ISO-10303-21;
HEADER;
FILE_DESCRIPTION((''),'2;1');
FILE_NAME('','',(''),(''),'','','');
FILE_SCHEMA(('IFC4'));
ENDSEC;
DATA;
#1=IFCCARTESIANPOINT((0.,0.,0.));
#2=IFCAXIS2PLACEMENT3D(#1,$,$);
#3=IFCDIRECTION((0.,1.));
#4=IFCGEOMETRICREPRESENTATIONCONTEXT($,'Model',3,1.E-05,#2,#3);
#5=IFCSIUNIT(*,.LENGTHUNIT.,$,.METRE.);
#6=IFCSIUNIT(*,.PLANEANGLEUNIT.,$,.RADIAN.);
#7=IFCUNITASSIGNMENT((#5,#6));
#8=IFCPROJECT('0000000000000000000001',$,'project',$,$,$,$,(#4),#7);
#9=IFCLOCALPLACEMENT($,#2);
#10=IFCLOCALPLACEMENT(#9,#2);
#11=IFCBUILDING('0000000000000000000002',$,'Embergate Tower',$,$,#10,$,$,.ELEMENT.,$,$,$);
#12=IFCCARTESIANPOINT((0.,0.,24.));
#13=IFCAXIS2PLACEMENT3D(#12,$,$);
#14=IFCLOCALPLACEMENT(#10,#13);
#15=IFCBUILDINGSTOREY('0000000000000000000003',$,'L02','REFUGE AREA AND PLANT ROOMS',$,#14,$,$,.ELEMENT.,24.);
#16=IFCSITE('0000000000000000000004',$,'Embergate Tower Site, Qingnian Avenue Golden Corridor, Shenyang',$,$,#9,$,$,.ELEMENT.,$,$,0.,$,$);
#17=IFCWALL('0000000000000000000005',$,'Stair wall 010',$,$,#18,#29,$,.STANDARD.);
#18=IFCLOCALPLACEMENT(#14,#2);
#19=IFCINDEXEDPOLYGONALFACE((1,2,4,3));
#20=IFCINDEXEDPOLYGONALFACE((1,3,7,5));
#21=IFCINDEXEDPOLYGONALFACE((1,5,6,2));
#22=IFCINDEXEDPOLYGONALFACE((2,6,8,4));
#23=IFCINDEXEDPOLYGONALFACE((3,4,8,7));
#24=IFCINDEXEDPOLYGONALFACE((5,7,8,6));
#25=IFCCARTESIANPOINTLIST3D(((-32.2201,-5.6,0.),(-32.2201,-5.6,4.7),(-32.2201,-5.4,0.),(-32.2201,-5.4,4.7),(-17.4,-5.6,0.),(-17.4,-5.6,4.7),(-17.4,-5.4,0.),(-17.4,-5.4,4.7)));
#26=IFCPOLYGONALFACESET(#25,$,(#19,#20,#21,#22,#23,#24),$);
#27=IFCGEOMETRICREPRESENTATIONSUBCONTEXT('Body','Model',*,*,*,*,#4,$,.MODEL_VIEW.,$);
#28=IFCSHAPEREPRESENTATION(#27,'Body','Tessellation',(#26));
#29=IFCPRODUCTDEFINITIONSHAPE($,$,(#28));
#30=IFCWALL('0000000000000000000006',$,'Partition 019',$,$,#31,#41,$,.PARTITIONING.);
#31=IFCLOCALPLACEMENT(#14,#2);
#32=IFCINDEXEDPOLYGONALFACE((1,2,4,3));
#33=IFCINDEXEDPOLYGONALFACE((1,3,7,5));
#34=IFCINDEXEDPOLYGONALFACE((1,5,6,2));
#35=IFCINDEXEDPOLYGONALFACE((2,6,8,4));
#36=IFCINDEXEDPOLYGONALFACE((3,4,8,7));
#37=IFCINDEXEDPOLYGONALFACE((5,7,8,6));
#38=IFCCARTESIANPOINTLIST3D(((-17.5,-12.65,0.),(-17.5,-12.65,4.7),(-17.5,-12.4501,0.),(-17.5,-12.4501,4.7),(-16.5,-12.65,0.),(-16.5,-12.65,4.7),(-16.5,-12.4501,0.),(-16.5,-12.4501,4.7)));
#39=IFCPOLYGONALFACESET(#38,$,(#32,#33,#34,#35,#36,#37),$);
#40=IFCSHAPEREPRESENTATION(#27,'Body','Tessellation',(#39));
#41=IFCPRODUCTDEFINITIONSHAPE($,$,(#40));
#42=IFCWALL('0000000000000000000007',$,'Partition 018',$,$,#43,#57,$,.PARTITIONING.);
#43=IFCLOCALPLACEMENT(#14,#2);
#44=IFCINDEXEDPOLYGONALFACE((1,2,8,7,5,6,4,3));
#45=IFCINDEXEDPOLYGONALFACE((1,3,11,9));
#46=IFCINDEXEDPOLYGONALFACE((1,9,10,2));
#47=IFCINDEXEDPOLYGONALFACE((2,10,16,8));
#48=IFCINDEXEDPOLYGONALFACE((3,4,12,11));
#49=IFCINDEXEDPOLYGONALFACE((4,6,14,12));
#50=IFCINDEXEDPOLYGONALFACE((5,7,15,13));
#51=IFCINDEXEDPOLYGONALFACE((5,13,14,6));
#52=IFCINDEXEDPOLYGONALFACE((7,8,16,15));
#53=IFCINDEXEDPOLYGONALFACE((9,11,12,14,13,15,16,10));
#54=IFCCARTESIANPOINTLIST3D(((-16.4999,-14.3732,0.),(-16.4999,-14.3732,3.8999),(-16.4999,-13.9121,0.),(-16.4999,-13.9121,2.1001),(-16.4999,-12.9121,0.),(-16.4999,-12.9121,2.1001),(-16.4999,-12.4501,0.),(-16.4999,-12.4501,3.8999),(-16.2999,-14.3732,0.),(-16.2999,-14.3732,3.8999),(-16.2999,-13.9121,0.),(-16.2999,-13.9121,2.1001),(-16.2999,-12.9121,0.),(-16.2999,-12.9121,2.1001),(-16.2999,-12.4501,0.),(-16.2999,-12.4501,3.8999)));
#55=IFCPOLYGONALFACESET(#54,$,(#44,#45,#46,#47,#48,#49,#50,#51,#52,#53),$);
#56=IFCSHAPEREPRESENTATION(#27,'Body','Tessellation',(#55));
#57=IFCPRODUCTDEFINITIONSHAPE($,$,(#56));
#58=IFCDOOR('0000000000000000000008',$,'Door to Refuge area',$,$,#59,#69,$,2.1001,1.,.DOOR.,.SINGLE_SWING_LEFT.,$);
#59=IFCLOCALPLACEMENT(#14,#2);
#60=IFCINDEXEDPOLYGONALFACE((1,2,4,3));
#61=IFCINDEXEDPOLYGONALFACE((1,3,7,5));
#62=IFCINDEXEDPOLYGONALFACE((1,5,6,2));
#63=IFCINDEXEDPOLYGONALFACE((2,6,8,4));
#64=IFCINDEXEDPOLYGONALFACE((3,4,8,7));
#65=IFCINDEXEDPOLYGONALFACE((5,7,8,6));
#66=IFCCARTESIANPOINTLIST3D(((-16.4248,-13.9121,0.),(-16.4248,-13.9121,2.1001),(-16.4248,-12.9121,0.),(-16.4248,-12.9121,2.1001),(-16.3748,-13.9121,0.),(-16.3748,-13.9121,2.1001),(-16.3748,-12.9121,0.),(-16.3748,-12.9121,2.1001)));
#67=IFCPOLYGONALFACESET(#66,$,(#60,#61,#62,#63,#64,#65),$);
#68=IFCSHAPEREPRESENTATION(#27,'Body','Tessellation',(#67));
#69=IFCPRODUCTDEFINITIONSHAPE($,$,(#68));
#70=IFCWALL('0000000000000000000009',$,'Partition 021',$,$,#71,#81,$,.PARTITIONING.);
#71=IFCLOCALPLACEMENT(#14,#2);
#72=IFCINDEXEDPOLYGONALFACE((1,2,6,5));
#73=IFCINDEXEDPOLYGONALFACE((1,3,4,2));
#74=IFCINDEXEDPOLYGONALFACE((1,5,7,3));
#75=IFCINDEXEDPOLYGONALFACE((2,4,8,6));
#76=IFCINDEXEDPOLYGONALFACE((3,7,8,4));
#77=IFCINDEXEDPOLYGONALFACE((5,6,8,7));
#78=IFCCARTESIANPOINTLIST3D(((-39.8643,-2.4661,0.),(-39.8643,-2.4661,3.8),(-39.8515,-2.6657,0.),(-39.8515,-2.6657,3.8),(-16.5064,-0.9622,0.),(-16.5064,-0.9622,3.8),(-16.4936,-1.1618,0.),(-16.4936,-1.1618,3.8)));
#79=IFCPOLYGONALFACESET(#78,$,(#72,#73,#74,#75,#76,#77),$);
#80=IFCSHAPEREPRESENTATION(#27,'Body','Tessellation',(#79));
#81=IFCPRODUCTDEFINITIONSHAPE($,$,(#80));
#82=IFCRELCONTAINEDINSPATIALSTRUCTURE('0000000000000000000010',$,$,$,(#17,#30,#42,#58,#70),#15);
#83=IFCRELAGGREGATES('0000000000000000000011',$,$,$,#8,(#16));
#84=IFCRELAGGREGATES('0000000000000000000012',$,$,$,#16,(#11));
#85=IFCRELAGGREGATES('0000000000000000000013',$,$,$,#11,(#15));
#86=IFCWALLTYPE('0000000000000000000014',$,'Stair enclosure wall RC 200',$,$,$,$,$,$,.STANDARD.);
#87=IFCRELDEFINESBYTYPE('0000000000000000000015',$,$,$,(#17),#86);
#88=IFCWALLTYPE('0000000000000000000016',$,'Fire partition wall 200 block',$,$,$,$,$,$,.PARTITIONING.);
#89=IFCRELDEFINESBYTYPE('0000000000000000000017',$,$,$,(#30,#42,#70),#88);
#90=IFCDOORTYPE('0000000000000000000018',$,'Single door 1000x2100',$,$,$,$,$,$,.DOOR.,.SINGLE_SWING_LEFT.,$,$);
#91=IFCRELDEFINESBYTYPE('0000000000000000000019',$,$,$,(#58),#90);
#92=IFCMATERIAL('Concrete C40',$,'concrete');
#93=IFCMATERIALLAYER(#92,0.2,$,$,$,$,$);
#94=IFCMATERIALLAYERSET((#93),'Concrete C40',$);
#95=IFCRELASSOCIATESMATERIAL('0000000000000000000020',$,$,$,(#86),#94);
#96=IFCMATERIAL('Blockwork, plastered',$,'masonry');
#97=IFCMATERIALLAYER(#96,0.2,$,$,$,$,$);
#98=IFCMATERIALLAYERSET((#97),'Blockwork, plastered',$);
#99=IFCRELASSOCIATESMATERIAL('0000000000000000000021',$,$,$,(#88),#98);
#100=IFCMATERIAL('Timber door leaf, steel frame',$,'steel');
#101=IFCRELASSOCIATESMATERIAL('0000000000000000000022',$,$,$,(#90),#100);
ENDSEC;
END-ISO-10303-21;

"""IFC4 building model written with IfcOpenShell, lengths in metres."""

from ifc_helpers import new_model, si_unit, direction, frame, frame_2d, origin, place, context, subcontext, project, spatial, rectangle, extrude, source, transform, mapped, material, layer, layer_set, type_object, element, fill, save


model = new_model("IFC4")

# Units and contexts
model_context = context("Model", 3, precision=1e-05, world=origin(), true_north=direction((0.0, 1.0)))
body_context = subcontext(model_context, "Body", "Model", "MODEL_VIEW")
ifc_project = project(units=[si_unit("LENGTHUNIT", "METRE"), si_unit("PLANEANGLEUNIT", "RADIAN")], contexts=[model_context])

# Site, building, storey
site_placement = place(None, origin())
site = spatial("IfcSite", under=ifc_project, at=site_placement, Name="Embergate Tower Site, Qingnian Avenue Golden Corridor, Shenyang", CompositionType="ELEMENT", RefElevation=0.0)
building_placement = place(site_placement, origin())
building = spatial("IfcBuilding", under=site, at=building_placement, Name="Embergate Tower", CompositionType="ELEMENT")
storey_placement = place(building_placement, frame((0.0, 0.0, 24.0)))
storey = spatial("IfcBuildingStorey", under=building, at=storey_placement, Name="L02", Description="REFUGE AREA AND PLANT ROOMS", CompositionType="ELEMENT", Elevation=24.0)

# Shared definitions
ifc_material_1 = material(Name="Concrete C40", Category="concrete")

# Walls
ifc_layer_1 = layer(ifc_material_1, 0.2)
ifc_layer_set_1 = layer_set([ifc_layer_1], Name="Concrete C40")
wall_type_1 = type_object("IfcWallType", Name="Stair enclosure wall RC 200", PredefinedType="STANDARD", material=ifc_layer_set_1)
shared_shape_1 = source(origin(), body_context, "Body", "SweptSolid", [
    extrude(rectangle(XDim=14.8201, YDim=0.2, at=frame_2d((7.4102, 0.0))), origin(), (0.0, 0.0, 1.0), 4.7),
])
wall_1_placement = place(storey_placement, frame((-17.3999, -5.5, 0.0), z_axis=(0.0, 0.0, 1.0), x_axis=(-1.0, 0.0, 0.0)))
element("IfcWall", 1, at=wall_1_placement, inside=storey, type_object=wall_type_1, Name="Stair wall 010", PredefinedType="STANDARD", context=body_context, shape_type="MappedRepresentation", body=[
    mapped(shared_shape_1, transform((0.0, 0.0, 0.0))),
])
ifc_material_2 = material(Name="Blockwork, plastered", Category="masonry")
ifc_layer_2 = layer(ifc_material_2, 0.2)
ifc_layer_set_2 = layer_set([ifc_layer_2], Name="Blockwork, plastered")
wall_type_2 = type_object("IfcWallType", Name="Fire partition wall 200 block", PredefinedType="PARTITIONING", material=ifc_layer_set_2)
shared_shape_2 = source(origin(), body_context, "Body", "SweptSolid", [
    extrude(rectangle(XDim=1.0, YDim=0.2, at=frame_2d((0.5, 0.0))), origin(), (0.0, 0.0, 1.0), 4.7),
])
wall_2_placement = place(storey_placement, frame((-16.5, -12.55, 0.0), z_axis=(0.0, 0.0, 1.0), x_axis=(-1.0, 0.0, 0.0)))
element("IfcWall", 2, at=wall_2_placement, inside=storey, type_object=wall_type_2, Name="Partition 019", PredefinedType="PARTITIONING", context=body_context, shape_type="MappedRepresentation", body=[
    mapped(shared_shape_2, transform((0.0, 0.0, 0.0))),
])

# Wall, opening, door
shared_shape_3 = source(origin(), body_context, "Body", "SweptSolid", [
    extrude(rectangle(XDim=1.9231, YDim=0.2, at=frame_2d((0.9614, 0.0))), origin(), (0.0, 0.0, 1.0), 3.8999),
])
wall_3_placement = place(storey_placement, frame((-16.3999, -14.373, 0.0), z_axis=(0.0, 0.0, 1.0), x_axis=(0.0, 1.0, 0.0)))
wall_3 = element("IfcWall", 3, at=wall_3_placement, inside=storey, type_object=wall_type_2, Name="Partition 018", PredefinedType="PARTITIONING", context=body_context, shape_type="MappedRepresentation", body=[
    mapped(shared_shape_3, transform((0.0, 0.0, 0.0))),
])
shared_shape_4 = source(origin(), body_context, "Body", "SweptSolid", [
    extrude(rectangle(XDim=1.0, YDim=2.1001, at=frame_2d((0.5, 1.05))), frame((0.0, 0.1099, 0.0), z_axis=(0.0, -1.0, 0.0), x_axis=(1.0, 0.0, 0.0)), (0.0, 0.0, 1.0), 0.22),
])
opening_1_placement = place(wall_3_placement, frame((0.4609, 0.0, 0.0)))
opening_1 = element("IfcOpeningElement", 4, at=opening_1_placement, cuts=wall_3, PredefinedType="OPENING", context=body_context, shape_type="MappedRepresentation", body=[
    mapped(shared_shape_4, transform((0.0, 0.0, 0.0))),
])
ifc_material_3 = material(Name="Timber door leaf, steel frame", Category="steel")
door_type_1 = type_object("IfcDoorType", Name="Single door 1000x2100", OperationType="SINGLE_SWING_LEFT", PredefinedType="DOOR", material=ifc_material_3)
shared_shape_5 = source(origin(), body_context, "Body", "SweptSolid", [
    extrude(rectangle(XDim=1.0, YDim=2.1001, at=frame_2d((0.5, 1.05))), frame((0.0, 0.0249, 0.0), z_axis=(0.0, -1.0, 0.0), x_axis=(1.0, 0.0, 0.0)), (0.0, 0.0, 1.0), 0.05),
])
door_1_placement = place(opening_1_placement, origin())
door_1 = element("IfcDoor", 5, at=door_1_placement, inside=storey, type_object=door_type_1, Name="Door to Refuge area", OperationType="SINGLE_SWING_LEFT", OverallHeight=2.1001, OverallWidth=1.0, PredefinedType="DOOR", context=body_context, shape_type="MappedRepresentation", body=[
    mapped(shared_shape_5, transform((0.0, 0.0, 0.0))),
])
fill(opening_1, door_1)

# Wall
shared_shape_6 = source(origin(), body_context, "Body", "SweptSolid", [
    extrude(rectangle(XDim=23.4062, YDim=0.2, at=frame_2d((11.7031, 0.0))), origin(), (0.0, 0.0, 1.0), 3.8),
])
wall_4_placement = place(storey_placement, frame((-16.5, -1.062, 0.0), z_axis=(0.0, 0.0, 1.0), x_axis=(-0.997934, -0.064252, 0.0)))
element("IfcWall", 6, at=wall_4_placement, inside=storey, type_object=wall_type_2, Name="Partition 021", PredefinedType="PARTITIONING", context=body_context, shape_type="MappedRepresentation", body=[
    mapped(shared_shape_6, transform((0.0, 0.0, 0.0))),
])

save(model, "model.ifc")
